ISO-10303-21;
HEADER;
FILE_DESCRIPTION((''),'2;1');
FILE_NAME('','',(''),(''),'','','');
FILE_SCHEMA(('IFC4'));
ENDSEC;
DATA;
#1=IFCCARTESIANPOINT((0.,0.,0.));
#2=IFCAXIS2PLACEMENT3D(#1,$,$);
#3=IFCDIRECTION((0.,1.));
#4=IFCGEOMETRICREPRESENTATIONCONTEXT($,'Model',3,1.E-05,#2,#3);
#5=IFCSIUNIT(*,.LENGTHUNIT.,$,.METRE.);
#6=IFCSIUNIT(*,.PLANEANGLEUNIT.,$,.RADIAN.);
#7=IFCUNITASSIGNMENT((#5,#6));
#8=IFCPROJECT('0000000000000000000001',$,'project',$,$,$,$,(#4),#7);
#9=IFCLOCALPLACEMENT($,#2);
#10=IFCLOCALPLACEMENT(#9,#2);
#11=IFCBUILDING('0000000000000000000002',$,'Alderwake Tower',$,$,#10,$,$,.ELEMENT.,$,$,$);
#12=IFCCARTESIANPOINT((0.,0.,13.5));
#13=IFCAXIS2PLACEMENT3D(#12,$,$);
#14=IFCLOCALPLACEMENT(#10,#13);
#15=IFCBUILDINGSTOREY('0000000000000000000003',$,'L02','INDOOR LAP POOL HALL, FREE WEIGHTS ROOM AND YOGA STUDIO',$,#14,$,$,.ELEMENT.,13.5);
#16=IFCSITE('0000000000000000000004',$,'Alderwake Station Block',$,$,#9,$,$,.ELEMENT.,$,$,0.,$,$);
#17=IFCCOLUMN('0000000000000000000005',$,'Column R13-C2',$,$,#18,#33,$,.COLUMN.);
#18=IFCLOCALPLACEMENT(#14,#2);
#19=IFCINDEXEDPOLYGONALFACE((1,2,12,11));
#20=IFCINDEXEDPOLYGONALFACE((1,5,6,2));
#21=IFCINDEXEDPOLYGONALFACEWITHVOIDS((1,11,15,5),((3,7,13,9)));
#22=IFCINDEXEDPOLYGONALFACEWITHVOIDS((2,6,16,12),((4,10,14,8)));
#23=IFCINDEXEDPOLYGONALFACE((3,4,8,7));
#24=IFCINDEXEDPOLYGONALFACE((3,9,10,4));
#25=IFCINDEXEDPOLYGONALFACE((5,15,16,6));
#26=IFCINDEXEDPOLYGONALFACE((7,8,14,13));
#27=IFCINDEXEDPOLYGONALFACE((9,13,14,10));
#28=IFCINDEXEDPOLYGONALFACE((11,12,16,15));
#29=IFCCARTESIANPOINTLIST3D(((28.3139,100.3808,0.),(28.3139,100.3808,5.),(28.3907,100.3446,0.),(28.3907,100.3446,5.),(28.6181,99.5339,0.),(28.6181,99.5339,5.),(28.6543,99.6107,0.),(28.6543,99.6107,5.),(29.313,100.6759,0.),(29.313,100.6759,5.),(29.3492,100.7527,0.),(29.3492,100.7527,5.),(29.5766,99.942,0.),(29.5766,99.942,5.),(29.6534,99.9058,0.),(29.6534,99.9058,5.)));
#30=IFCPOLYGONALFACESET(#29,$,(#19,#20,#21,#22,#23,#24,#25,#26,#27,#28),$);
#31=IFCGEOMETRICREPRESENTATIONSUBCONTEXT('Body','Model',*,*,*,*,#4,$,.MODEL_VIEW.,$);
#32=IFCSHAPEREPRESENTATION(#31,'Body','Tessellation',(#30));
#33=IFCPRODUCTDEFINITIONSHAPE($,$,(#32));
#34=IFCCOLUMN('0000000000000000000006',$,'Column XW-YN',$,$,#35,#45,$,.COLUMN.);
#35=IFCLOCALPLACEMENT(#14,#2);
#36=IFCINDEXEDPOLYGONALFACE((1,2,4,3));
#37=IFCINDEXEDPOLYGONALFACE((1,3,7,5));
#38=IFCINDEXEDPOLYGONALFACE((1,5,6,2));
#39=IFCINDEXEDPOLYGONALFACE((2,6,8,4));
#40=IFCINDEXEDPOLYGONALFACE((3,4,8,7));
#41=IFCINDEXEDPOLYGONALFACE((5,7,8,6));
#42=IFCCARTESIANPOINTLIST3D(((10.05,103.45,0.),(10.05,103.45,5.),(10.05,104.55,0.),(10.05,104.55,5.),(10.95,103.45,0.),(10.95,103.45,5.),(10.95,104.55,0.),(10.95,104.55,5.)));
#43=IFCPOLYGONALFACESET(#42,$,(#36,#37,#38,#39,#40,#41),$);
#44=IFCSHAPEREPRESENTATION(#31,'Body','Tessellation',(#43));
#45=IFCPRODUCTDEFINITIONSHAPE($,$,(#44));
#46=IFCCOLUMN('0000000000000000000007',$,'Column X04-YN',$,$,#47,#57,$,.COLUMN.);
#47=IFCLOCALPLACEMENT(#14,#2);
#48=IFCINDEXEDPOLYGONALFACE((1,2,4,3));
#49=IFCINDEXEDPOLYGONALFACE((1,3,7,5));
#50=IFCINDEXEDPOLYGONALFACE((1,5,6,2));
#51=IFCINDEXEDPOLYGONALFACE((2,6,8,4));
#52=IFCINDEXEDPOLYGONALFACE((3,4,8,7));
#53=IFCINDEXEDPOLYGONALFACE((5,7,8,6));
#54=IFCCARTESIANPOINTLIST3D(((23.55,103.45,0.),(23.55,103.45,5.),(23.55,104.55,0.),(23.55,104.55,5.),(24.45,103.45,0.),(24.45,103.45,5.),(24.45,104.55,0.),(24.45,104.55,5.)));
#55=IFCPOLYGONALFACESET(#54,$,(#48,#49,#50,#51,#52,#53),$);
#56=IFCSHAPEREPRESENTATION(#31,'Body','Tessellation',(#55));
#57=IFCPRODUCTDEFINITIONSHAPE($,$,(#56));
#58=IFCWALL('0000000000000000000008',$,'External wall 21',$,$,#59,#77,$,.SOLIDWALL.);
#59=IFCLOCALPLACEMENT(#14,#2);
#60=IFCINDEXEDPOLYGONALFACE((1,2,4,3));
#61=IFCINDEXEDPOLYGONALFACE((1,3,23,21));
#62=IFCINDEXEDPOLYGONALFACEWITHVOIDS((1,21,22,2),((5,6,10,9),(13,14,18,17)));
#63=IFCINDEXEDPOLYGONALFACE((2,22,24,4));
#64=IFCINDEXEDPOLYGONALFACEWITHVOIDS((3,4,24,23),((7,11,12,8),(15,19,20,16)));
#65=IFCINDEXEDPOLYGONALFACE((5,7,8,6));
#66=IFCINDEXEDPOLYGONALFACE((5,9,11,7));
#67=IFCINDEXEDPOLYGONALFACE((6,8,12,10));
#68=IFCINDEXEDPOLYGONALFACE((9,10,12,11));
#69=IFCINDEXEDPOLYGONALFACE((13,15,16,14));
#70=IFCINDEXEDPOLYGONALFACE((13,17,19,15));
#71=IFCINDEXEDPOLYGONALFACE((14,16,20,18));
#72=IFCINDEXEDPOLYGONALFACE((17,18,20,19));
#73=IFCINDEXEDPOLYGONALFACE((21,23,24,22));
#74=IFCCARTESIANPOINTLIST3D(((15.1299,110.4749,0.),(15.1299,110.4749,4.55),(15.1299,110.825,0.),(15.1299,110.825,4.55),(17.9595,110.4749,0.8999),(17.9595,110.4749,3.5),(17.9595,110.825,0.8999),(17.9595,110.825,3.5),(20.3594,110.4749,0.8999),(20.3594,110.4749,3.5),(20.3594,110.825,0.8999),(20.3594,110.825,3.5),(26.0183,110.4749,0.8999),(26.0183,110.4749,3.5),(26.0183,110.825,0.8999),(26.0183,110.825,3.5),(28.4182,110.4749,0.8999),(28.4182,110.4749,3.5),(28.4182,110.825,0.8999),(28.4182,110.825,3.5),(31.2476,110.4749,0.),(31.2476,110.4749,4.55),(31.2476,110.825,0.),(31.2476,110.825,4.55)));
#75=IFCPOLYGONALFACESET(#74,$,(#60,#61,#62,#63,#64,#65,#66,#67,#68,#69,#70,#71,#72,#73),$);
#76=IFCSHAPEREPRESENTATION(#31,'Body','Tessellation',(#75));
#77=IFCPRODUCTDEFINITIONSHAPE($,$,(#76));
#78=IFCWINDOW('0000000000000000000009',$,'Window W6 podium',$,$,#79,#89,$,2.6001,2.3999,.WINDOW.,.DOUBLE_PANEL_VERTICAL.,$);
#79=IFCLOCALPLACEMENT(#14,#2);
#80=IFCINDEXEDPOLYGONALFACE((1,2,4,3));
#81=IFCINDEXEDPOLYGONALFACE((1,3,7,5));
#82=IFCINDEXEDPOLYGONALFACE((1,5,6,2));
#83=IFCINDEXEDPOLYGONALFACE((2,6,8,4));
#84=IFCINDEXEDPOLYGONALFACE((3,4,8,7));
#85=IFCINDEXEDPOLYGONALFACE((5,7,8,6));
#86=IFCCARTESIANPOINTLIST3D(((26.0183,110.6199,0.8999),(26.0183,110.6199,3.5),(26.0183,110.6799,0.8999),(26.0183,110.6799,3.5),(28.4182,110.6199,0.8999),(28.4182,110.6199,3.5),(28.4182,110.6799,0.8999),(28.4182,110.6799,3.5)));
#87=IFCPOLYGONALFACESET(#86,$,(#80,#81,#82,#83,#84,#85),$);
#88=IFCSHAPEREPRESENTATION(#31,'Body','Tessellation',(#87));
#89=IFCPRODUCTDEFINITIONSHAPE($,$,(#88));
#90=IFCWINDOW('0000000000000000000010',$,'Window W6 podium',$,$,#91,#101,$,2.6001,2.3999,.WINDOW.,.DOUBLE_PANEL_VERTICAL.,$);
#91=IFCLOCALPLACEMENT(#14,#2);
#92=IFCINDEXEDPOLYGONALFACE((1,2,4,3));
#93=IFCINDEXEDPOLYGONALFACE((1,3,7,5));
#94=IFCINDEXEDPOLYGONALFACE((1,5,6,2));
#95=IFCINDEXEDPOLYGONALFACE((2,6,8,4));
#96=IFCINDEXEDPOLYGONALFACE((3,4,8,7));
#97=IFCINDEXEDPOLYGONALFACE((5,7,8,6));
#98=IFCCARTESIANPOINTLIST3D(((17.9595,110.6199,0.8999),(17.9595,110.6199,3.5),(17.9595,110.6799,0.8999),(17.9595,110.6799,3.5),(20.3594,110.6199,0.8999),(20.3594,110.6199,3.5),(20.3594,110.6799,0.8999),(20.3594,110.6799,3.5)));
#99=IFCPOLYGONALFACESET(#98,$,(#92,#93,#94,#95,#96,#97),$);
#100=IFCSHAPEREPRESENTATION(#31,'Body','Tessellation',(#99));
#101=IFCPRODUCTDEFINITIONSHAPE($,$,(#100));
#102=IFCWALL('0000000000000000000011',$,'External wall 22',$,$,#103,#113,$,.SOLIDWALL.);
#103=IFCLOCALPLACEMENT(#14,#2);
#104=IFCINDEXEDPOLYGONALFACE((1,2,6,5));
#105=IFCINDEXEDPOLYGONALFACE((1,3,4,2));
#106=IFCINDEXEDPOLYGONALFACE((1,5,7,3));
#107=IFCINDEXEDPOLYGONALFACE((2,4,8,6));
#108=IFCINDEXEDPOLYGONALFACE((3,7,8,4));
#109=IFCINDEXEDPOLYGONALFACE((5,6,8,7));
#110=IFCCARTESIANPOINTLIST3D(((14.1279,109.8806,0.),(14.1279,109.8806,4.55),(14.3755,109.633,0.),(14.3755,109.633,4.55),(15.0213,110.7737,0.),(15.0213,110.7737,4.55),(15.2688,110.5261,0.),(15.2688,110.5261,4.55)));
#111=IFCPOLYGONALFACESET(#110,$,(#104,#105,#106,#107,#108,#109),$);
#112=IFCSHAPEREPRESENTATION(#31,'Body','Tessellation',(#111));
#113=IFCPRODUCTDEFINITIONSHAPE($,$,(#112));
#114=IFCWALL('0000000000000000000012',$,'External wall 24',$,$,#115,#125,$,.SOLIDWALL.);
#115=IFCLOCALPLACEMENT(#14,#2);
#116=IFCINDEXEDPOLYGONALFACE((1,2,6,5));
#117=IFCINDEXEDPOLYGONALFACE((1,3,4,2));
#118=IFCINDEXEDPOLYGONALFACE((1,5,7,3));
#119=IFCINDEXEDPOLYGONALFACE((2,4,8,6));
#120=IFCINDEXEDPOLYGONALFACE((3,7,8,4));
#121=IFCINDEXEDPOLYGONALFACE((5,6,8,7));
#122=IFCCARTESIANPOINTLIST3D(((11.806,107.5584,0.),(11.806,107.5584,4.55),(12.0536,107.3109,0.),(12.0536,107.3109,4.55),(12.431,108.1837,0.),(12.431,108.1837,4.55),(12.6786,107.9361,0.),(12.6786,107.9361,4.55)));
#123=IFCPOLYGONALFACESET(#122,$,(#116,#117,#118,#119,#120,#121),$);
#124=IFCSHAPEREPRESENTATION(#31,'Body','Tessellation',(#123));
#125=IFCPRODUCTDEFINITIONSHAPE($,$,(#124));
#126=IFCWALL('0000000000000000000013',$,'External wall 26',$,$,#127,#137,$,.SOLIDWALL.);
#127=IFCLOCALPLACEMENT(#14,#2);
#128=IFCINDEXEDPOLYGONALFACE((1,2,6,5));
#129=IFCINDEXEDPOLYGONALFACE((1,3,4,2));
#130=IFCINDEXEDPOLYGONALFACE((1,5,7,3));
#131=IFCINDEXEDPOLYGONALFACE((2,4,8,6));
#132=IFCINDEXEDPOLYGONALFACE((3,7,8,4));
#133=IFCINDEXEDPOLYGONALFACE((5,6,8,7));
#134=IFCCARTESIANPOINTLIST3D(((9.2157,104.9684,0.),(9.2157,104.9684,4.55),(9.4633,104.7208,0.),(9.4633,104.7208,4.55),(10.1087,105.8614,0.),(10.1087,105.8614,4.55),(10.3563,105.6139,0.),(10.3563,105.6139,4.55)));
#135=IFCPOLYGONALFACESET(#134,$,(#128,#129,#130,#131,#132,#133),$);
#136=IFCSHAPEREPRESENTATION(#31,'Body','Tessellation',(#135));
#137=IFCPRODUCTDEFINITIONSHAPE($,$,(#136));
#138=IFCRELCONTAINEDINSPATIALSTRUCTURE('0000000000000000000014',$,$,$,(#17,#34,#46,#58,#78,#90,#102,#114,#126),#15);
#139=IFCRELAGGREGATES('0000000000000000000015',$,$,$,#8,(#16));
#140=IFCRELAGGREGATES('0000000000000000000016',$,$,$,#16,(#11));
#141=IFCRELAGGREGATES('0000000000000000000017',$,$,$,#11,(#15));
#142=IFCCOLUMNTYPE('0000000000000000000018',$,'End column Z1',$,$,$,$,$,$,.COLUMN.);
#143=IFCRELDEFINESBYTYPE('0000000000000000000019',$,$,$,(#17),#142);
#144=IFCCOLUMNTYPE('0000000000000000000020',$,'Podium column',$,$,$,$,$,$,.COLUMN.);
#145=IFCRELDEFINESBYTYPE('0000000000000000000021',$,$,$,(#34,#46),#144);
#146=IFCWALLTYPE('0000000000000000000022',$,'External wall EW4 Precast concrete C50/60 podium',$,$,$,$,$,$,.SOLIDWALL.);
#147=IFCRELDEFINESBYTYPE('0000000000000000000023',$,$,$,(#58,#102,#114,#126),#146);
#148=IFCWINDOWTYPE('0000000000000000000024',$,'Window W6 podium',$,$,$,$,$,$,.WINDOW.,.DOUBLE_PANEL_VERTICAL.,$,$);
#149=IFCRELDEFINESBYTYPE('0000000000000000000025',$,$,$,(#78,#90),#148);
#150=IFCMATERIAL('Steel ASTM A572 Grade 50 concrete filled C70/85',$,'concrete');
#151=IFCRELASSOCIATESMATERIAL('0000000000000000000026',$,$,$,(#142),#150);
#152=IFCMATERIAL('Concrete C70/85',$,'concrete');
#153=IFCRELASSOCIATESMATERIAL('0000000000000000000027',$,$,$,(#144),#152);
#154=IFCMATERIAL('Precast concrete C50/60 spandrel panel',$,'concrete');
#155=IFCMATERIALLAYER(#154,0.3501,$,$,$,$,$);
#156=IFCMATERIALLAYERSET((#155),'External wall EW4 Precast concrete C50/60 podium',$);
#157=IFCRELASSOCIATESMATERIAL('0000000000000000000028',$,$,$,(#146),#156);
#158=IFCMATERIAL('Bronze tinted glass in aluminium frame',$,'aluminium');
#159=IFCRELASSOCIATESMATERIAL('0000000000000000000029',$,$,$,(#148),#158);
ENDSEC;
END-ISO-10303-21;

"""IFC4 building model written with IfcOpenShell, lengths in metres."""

from ifc_helpers import new_model, si_unit, direction, frame, frame_2d, origin, origin_2d, place, context, subcontext, project, spatial, rectangle, hollow_rectangle, extrude, material, layer, layer_set, material_profile, profile_set, type_object, element, fill, save


model = new_model("IFC4")

# Units and contexts
model_context = context("Model", 3, precision=1e-05, world=origin(), true_north=direction((0.0, 1.0)))
body_context = subcontext(model_context, "Body", "Model", "MODEL_VIEW")
ifc_project = project(units=[si_unit("LENGTHUNIT", "METRE"), si_unit("PLANEANGLEUNIT", "RADIAN")], contexts=[model_context])

# Site, building, storey
site_placement = place(None, origin())
site = spatial("IfcSite", under=ifc_project, at=site_placement, Name="Alderwake Station Block", CompositionType="ELEMENT", RefElevation=0.0)
building_placement = place(site_placement, origin())
building = spatial("IfcBuilding", under=site, at=building_placement, Name="Alderwake Tower", CompositionType="ELEMENT")
storey_placement = place(building_placement, frame((0.0, 0.0, 13.5)))
storey = spatial("IfcBuildingStorey", under=building, at=storey_placement, Name="L02", Description="INDOOR LAP POOL HALL, FREE WEIGHTS ROOM AND YOGA STUDIO", CompositionType="ELEMENT", Elevation=13.5)

# Columns
ifc_material_1 = material(Name="Steel ASTM A572 Grade 50 concrete filled C70/85", Category="concrete")
ifc_material_profile_1 = material_profile(ifc_material_1, hollow_rectangle(XDim=0.8999, YDim=1.1001, WallThickness=0.0601, at=origin_2d()), Name="BOX 1100X900X60")
ifc_profile_set_1 = profile_set([ifc_material_profile_1], Name="Steel ASTM A572 Grade 50 concrete filled C70/85")
column_type_1 = type_object("IfcColumnType", Name="End column Z1", PredefinedType="COLUMN", material=ifc_profile_set_1)
column_placement = place(storey_placement, frame((28.9836, 100.1433, 0.0), z_axis=(0.0, 0.0, 1.0), x_axis=(-0.338027, 0.941136, 0.0)))
element("IfcColumn", 1, at=column_placement, inside=storey, type_object=column_type_1, Name="Column R13-C2", PredefinedType="COLUMN", context=body_context, shape_type="SweptSolid", body=[
    extrude(hollow_rectangle(XDim=0.8999, YDim=1.1001, WallThickness=0.0601, at=origin_2d()), origin(), (0.0, 0.0, 1.0), 5.0),
])
ifc_material_2 = material(Name="Concrete C70/85", Category="concrete")
ifc_material_profile_2 = material_profile(ifc_material_2, rectangle(XDim=0.8999, YDim=1.1001, at=origin_2d()), Name="RC 1100X900")
ifc_profile_set_2 = profile_set([ifc_material_profile_2], Name="Concrete C70/85")
column_type_2 = type_object("IfcColumnType", Name="Podium column", PredefinedType="COLUMN", material=ifc_profile_set_2)
for number, where, z_axis, x_axis, name in (
    (2, (10.5, 104.0, 0.0), (0.0, 0.0, 1.0), (1.0, 0.0, 0.0), "Column XW-YN"),
    (3, (24.0, 104.0, 0.0), (0.0, 0.0, 1.0), (1.0, 0.0, 0.0), "Column X04-YN"),
):
    element("IfcColumn", number, at=place(storey_placement, frame(where, z_axis=z_axis, x_axis=x_axis)), inside=storey, type_object=column_type_2, Name=name, PredefinedType="COLUMN", context=body_context, shape_type="SweptSolid", body=[
        extrude(rectangle(XDim=0.8999, YDim=1.1001, at=origin_2d()), origin(), (0.0, 0.0, 1.0), 5.0),
    ])

# Wall, openings, windows
ifc_material_3 = material(Name="Precast concrete C50/60 spandrel panel", Category="concrete")
ifc_layer_1 = layer(ifc_material_3, 0.3501)
ifc_layer_set_1 = layer_set([ifc_layer_1], Name="External wall EW4 Precast concrete C50/60 podium")
wall_type_1 = type_object("IfcWallType", Name="External wall EW4 Precast concrete C50/60 podium", PredefinedType="SOLIDWALL", material=ifc_layer_set_1)
wall_1_placement = place(storey_placement, frame((31.2476, 110.6499, 0.0), z_axis=(0.0, 0.0, 1.0), x_axis=(-1.0, 0.0, 0.0)))
wall_1 = element("IfcWall", 4, at=wall_1_placement, inside=storey, type_object=wall_type_1, Name="External wall 21", PredefinedType="SOLIDWALL", context=body_context, shape_type="SweptSolid", body=[
    extrude(rectangle(XDim=16.1177, YDim=0.3501, at=frame_2d((8.0588, 0.0))), origin(), (0.0, 0.0, 1.0), 4.55),
])
opening_1_placement = place(wall_1_placement, frame((2.8293, 0.0, 0.8999)))
opening_1 = element("IfcOpeningElement", 5, at=opening_1_placement, cuts=wall_1, PredefinedType="OPENING", context=body_context, shape_type="SweptSolid", body=[
    extrude(rectangle(XDim=2.3999, YDim=2.6001, at=frame_2d((1.2, 1.3))), frame((0.0, 0.1851, 0.0), z_axis=(0.0, -1.0, 0.0), x_axis=(1.0, 0.0, 0.0)), (0.0, 0.0, 1.0), 0.3701),
])
opening_2_placement = place(wall_1_placement, frame((10.8882, 0.0, 0.8999)))
opening_2 = element("IfcOpeningElement", 6, at=opening_2_placement, cuts=wall_1, PredefinedType="OPENING", context=body_context, shape_type="SweptSolid", body=[
    extrude(rectangle(XDim=2.3999, YDim=2.6001, at=frame_2d((1.2, 1.3))), frame((0.0, 0.1851, 0.0), z_axis=(0.0, -1.0, 0.0), x_axis=(1.0, 0.0, 0.0)), (0.0, 0.0, 1.0), 0.3701),
])
ifc_material_4 = material(Name="Bronze tinted glass in aluminium frame", Category="aluminium")
window_type = type_object("IfcWindowType", Name="Window W6 podium", PartitioningType="DOUBLE_PANEL_VERTICAL", PredefinedType="WINDOW", material=ifc_material_4)
window_1_placement = place(opening_1_placement, origin())
window_1 = element("IfcWindow", 7, at=window_1_placement, inside=storey, type_object=window_type, Name="Window W6 podium", OverallHeight=2.6001, OverallWidth=2.3999, PartitioningType="DOUBLE_PANEL_VERTICAL", PredefinedType="WINDOW", context=body_context, shape_type="SweptSolid", body=[
    extrude(rectangle(XDim=2.3999, YDim=2.6001, at=frame_2d((1.2, 1.3))), frame((0.0, 0.03, 0.0), z_axis=(0.0, -1.0, 0.0), x_axis=(1.0, 0.0, 0.0)), (0.0, 0.0, 1.0), 0.0601),
])
fill(opening_1, window_1)
window_2_placement = place(opening_2_placement, origin())
window_2 = element("IfcWindow", 8, at=window_2_placement, inside=storey, type_object=window_type, Name="Window W6 podium", OverallHeight=2.6001, OverallWidth=2.3999, PartitioningType="DOUBLE_PANEL_VERTICAL", PredefinedType="WINDOW", context=body_context, shape_type="SweptSolid", body=[
    extrude(rectangle(XDim=2.3999, YDim=2.6001, at=frame_2d((1.2, 1.3))), frame((0.0, 0.03, 0.0), z_axis=(0.0, -1.0, 0.0), x_axis=(1.0, 0.0, 0.0)), (0.0, 0.0, 1.0), 0.0601),
])
fill(opening_2, window_2)

# Wall
wall_2_placement = place(storey_placement, frame((15.145, 110.6499, 0.0), z_axis=(0.0, 0.0, 1.0), x_axis=(-0.707203, -0.70701, 0.0)))
element("IfcWall", 9, at=wall_2_placement, inside=storey, type_object=wall_type_1, Name="External wall 22", PredefinedType="SOLIDWALL", context=body_context, shape_type="SweptSolid", body=[
    extrude(rectangle(XDim=1.2632, YDim=0.3501, at=frame_2d((0.6316, 0.0))), origin(), (0.0, 0.0, 1.0), 4.55),
])

# Wall
wall_3_placement = place(storey_placement, frame((12.5547, 108.0598, 0.0), z_axis=(0.0, 0.0, 1.0), x_axis=(-0.706969, -0.707245, 0.0)))
element("IfcWall", 10, at=wall_3_placement, inside=storey, type_object=wall_type_1, Name="External wall 24", PredefinedType="SOLIDWALL", context=body_context, shape_type="SweptSolid", body=[
    extrude(rectangle(XDim=0.884, YDim=0.3501, at=frame_2d((0.4419, 0.0))), origin(), (0.0, 0.0, 1.0), 4.55),
])

# Wall
wall_4_placement = place(storey_placement, frame((10.2324, 105.7375, 0.0), z_axis=(0.0, 0.0, 1.0), x_axis=(-0.707107, -0.707107, 0.0)))
element("IfcWall", 11, at=wall_4_placement, inside=storey, type_object=wall_type_1, Name="External wall 26", PredefinedType="SOLIDWALL", context=body_context, shape_type="SweptSolid", body=[
    extrude(rectangle(XDim=1.2629, YDim=0.3501, at=frame_2d((0.6313, 0.0))), origin(), (0.0, 0.0, 1.0), 4.55),
])

save(model, "model.ifc")
